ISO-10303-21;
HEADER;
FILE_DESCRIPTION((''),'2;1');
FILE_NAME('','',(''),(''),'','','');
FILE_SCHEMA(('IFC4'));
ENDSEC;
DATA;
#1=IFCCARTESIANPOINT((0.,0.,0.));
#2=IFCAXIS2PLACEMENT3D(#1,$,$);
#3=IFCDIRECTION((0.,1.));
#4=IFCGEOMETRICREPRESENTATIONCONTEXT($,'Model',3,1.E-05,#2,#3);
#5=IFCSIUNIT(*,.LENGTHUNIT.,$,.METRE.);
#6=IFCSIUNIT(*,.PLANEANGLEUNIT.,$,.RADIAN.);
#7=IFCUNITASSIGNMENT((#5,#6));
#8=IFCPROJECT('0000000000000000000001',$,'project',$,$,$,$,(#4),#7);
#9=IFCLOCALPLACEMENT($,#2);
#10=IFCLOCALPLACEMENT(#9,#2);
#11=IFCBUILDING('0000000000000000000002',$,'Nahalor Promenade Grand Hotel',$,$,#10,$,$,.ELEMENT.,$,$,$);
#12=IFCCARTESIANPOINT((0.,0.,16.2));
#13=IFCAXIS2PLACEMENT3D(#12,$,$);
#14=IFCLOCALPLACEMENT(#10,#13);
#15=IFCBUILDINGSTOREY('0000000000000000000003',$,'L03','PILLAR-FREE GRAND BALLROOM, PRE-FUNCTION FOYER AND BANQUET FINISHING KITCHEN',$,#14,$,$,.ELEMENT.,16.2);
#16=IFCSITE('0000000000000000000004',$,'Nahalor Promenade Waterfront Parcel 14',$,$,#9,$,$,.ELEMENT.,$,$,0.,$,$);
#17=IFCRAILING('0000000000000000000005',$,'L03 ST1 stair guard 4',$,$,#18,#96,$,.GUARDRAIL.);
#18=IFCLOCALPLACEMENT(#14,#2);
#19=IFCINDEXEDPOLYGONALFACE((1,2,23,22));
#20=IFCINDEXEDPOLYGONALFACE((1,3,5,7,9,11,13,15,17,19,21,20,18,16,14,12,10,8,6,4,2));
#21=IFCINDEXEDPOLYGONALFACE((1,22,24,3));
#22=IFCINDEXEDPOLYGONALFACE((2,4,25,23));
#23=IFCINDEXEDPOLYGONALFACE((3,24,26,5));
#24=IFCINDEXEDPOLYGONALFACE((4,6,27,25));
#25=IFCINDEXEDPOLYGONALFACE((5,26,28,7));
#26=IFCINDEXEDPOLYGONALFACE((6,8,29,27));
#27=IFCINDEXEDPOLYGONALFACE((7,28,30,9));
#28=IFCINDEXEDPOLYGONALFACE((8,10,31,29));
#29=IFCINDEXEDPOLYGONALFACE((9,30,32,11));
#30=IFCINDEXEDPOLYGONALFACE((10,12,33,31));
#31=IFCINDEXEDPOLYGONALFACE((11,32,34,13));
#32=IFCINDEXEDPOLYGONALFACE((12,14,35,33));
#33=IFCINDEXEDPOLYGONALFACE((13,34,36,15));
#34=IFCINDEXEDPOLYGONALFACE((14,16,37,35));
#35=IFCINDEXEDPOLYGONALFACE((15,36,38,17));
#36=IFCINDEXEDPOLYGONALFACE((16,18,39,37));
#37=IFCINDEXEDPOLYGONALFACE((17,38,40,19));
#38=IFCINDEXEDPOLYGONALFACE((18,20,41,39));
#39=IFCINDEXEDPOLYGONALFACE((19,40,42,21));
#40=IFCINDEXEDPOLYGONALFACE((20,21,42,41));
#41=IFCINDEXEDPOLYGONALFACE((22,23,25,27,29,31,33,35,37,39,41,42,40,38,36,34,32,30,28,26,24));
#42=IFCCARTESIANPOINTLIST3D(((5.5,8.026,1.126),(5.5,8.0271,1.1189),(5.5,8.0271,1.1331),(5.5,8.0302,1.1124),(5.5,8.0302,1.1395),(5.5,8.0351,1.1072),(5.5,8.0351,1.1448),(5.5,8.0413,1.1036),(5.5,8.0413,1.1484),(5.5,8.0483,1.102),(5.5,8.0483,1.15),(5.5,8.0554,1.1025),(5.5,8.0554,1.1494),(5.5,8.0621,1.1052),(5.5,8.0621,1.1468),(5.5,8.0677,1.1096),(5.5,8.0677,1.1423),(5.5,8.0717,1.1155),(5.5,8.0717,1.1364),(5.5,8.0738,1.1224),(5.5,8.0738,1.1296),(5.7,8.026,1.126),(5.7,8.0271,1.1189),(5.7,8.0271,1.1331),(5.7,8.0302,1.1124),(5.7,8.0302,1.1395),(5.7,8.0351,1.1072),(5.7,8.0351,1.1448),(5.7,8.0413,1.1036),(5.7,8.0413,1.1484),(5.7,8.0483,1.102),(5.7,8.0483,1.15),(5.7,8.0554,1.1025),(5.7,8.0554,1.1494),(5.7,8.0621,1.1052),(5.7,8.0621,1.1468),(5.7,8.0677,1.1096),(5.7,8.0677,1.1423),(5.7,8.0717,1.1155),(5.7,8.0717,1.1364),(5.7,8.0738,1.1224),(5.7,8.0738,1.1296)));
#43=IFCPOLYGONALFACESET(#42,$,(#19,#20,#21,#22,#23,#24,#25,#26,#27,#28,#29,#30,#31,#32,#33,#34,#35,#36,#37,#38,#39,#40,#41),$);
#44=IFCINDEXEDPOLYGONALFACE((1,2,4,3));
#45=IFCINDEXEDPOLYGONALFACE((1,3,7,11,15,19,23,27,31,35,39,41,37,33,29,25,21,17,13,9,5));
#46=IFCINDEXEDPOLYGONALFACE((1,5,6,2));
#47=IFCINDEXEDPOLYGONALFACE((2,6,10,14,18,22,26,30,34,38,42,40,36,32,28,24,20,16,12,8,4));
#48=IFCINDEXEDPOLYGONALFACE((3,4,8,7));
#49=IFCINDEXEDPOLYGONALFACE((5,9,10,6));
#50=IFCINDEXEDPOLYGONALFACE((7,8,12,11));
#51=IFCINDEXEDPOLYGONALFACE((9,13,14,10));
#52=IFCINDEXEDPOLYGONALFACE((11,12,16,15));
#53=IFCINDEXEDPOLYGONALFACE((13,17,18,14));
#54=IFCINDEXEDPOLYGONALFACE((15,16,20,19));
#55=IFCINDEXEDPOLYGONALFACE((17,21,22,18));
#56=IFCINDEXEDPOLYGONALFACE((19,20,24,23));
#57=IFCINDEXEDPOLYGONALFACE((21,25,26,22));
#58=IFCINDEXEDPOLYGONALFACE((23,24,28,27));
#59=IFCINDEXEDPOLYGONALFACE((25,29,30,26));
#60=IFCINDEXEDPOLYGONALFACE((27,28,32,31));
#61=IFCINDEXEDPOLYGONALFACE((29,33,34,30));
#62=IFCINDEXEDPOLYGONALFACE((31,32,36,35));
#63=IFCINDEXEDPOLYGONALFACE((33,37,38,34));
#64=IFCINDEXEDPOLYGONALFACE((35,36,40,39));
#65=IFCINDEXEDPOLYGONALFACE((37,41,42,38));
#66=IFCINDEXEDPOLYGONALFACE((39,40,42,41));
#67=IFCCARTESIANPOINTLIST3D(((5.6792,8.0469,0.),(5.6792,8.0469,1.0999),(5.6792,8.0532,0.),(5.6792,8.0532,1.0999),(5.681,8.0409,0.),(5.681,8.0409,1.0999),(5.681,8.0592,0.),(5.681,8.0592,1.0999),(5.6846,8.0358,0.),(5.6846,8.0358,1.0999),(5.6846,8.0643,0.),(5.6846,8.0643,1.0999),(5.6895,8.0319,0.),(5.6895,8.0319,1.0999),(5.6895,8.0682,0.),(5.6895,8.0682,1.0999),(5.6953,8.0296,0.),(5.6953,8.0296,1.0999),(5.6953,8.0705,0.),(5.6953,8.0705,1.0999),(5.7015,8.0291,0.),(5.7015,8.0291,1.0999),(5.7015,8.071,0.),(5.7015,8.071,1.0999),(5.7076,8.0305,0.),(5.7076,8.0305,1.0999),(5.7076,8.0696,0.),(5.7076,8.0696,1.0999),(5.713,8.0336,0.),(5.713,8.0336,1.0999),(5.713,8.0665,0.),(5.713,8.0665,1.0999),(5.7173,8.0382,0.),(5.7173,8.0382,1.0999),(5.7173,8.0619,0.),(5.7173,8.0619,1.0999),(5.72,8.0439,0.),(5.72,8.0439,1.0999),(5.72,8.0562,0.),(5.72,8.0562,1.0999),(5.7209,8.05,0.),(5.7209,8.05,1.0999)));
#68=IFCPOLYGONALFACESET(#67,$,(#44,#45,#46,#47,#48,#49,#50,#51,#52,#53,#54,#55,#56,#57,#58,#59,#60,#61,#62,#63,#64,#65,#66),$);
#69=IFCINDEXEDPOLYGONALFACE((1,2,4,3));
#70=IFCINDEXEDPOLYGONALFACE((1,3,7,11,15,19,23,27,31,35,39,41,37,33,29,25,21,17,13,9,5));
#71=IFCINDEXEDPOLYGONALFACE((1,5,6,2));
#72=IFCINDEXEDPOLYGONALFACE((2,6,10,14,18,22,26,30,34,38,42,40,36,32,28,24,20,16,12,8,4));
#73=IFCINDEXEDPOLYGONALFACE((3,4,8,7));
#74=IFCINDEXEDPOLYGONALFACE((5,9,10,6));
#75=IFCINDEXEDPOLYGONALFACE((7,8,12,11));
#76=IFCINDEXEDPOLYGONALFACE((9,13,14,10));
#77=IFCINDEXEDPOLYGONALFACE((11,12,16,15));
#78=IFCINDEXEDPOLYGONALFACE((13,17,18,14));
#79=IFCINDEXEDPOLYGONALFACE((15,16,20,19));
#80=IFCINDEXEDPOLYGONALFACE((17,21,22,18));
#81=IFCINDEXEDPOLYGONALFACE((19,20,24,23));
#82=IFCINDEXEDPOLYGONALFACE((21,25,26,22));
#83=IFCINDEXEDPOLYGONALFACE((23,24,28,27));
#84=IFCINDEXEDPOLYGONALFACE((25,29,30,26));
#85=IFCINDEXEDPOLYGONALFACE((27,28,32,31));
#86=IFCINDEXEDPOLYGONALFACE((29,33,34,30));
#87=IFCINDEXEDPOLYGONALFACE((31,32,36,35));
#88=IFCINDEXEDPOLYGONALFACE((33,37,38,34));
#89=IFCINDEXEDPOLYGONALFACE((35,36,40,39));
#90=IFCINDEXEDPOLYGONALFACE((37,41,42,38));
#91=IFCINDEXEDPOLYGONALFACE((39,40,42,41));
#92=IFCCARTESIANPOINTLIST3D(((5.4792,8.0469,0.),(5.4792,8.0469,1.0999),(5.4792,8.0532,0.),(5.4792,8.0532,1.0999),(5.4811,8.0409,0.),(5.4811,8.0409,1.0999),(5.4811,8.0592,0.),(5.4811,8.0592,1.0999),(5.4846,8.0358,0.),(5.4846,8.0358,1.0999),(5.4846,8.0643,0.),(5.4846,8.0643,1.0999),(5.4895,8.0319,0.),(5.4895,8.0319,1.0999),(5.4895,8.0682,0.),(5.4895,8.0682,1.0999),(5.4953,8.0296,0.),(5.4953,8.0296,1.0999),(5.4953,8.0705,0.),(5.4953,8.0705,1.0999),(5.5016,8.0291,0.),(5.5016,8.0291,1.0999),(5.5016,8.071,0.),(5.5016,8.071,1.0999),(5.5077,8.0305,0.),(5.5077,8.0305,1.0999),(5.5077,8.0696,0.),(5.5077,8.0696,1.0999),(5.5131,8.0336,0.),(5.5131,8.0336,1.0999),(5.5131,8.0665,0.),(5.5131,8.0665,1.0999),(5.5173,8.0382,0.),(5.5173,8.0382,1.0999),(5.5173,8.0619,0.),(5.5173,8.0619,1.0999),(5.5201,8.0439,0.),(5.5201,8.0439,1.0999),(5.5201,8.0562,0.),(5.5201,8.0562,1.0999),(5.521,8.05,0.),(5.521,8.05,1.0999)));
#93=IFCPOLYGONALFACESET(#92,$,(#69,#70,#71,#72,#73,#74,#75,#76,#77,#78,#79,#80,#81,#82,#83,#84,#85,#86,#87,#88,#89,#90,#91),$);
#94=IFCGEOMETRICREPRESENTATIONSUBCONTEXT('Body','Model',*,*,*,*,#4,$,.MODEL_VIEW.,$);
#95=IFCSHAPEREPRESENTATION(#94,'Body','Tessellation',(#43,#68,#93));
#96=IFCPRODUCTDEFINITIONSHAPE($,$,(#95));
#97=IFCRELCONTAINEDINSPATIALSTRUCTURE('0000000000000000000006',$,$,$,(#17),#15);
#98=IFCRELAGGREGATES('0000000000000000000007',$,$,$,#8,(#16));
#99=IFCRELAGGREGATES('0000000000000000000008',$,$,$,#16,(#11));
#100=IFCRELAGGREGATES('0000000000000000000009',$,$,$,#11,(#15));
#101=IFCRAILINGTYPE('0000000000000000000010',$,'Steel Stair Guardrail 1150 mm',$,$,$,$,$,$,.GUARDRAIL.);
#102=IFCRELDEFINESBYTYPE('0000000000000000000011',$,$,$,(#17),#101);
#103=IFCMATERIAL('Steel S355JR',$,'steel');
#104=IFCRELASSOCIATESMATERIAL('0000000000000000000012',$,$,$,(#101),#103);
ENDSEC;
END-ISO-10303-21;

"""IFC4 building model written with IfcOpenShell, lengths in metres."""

from ifc_helpers import new_model, si_unit, direction, frame, origin, origin_2d, place, context, subcontext, project, spatial, circle, extrude, material, type_object, element, save


model = new_model("IFC4")

# Units and contexts
model_context = context("Model", 3, precision=1e-05, world=origin(), true_north=direction((0.0, 1.0)))
body_context = subcontext(model_context, "Body", "Model", "MODEL_VIEW")
ifc_project = project(units=[si_unit("LENGTHUNIT", "METRE"), si_unit("PLANEANGLEUNIT", "RADIAN")], contexts=[model_context])

# Site, building, storey
site_placement = place(None, origin())
site = spatial("IfcSite", under=ifc_project, at=site_placement, Name="Nahalor Promenade Waterfront Parcel 14", CompositionType="ELEMENT", RefElevation=0.0)
building_placement = place(site_placement, origin())
building = spatial("IfcBuilding", under=site, at=building_placement, Name="Nahalor Promenade Grand Hotel", CompositionType="ELEMENT")
storey_placement = place(building_placement, frame((0.0, 0.0, 16.2)))
storey = spatial("IfcBuildingStorey", under=building, at=storey_placement, Name="L03", Description="PILLAR-FREE GRAND BALLROOM, PRE-FUNCTION FOYER AND BANQUET FINISHING KITCHEN", CompositionType="ELEMENT", Elevation=16.2)

# Shared definitions
ifc_material_1 = material(Name="Steel S355JR", Category="steel")

# Railing
railing_type_1 = type_object("IfcRailingType", Name="Steel Stair Guardrail 1150 mm", PredefinedType="GUARDRAIL", material=ifc_material_1)
railing_1_placement = place(storey_placement, frame((5.7, 8.05, 0.0)))
element("IfcRailing", 1, at=railing_1_placement, inside=storey, type_object=railing_type_1, Name="L03 ST1 stair guard 4", PredefinedType="GUARDRAIL", context=body_context, shape_type="SweptSolid", body=[
    extrude(circle(Radius=0.024, at=origin_2d()), frame((0.0, 0.0, 1.126), z_axis=(-1.0, 0.0, 0.0), x_axis=(0.0, -1.0, 0.0)), (0.0, 0.0, 1.0), 0.2),
    extrude(circle(Radius=0.021, at=origin_2d()), origin(), (0.0, 0.0, 1.0), 1.0999),
    extrude(circle(Radius=0.021, at=origin_2d()), frame((-0.2, 0.0, 0.0)), (0.0, 0.0, 1.0), 1.0999),
])

save(model, "model.ifc")
